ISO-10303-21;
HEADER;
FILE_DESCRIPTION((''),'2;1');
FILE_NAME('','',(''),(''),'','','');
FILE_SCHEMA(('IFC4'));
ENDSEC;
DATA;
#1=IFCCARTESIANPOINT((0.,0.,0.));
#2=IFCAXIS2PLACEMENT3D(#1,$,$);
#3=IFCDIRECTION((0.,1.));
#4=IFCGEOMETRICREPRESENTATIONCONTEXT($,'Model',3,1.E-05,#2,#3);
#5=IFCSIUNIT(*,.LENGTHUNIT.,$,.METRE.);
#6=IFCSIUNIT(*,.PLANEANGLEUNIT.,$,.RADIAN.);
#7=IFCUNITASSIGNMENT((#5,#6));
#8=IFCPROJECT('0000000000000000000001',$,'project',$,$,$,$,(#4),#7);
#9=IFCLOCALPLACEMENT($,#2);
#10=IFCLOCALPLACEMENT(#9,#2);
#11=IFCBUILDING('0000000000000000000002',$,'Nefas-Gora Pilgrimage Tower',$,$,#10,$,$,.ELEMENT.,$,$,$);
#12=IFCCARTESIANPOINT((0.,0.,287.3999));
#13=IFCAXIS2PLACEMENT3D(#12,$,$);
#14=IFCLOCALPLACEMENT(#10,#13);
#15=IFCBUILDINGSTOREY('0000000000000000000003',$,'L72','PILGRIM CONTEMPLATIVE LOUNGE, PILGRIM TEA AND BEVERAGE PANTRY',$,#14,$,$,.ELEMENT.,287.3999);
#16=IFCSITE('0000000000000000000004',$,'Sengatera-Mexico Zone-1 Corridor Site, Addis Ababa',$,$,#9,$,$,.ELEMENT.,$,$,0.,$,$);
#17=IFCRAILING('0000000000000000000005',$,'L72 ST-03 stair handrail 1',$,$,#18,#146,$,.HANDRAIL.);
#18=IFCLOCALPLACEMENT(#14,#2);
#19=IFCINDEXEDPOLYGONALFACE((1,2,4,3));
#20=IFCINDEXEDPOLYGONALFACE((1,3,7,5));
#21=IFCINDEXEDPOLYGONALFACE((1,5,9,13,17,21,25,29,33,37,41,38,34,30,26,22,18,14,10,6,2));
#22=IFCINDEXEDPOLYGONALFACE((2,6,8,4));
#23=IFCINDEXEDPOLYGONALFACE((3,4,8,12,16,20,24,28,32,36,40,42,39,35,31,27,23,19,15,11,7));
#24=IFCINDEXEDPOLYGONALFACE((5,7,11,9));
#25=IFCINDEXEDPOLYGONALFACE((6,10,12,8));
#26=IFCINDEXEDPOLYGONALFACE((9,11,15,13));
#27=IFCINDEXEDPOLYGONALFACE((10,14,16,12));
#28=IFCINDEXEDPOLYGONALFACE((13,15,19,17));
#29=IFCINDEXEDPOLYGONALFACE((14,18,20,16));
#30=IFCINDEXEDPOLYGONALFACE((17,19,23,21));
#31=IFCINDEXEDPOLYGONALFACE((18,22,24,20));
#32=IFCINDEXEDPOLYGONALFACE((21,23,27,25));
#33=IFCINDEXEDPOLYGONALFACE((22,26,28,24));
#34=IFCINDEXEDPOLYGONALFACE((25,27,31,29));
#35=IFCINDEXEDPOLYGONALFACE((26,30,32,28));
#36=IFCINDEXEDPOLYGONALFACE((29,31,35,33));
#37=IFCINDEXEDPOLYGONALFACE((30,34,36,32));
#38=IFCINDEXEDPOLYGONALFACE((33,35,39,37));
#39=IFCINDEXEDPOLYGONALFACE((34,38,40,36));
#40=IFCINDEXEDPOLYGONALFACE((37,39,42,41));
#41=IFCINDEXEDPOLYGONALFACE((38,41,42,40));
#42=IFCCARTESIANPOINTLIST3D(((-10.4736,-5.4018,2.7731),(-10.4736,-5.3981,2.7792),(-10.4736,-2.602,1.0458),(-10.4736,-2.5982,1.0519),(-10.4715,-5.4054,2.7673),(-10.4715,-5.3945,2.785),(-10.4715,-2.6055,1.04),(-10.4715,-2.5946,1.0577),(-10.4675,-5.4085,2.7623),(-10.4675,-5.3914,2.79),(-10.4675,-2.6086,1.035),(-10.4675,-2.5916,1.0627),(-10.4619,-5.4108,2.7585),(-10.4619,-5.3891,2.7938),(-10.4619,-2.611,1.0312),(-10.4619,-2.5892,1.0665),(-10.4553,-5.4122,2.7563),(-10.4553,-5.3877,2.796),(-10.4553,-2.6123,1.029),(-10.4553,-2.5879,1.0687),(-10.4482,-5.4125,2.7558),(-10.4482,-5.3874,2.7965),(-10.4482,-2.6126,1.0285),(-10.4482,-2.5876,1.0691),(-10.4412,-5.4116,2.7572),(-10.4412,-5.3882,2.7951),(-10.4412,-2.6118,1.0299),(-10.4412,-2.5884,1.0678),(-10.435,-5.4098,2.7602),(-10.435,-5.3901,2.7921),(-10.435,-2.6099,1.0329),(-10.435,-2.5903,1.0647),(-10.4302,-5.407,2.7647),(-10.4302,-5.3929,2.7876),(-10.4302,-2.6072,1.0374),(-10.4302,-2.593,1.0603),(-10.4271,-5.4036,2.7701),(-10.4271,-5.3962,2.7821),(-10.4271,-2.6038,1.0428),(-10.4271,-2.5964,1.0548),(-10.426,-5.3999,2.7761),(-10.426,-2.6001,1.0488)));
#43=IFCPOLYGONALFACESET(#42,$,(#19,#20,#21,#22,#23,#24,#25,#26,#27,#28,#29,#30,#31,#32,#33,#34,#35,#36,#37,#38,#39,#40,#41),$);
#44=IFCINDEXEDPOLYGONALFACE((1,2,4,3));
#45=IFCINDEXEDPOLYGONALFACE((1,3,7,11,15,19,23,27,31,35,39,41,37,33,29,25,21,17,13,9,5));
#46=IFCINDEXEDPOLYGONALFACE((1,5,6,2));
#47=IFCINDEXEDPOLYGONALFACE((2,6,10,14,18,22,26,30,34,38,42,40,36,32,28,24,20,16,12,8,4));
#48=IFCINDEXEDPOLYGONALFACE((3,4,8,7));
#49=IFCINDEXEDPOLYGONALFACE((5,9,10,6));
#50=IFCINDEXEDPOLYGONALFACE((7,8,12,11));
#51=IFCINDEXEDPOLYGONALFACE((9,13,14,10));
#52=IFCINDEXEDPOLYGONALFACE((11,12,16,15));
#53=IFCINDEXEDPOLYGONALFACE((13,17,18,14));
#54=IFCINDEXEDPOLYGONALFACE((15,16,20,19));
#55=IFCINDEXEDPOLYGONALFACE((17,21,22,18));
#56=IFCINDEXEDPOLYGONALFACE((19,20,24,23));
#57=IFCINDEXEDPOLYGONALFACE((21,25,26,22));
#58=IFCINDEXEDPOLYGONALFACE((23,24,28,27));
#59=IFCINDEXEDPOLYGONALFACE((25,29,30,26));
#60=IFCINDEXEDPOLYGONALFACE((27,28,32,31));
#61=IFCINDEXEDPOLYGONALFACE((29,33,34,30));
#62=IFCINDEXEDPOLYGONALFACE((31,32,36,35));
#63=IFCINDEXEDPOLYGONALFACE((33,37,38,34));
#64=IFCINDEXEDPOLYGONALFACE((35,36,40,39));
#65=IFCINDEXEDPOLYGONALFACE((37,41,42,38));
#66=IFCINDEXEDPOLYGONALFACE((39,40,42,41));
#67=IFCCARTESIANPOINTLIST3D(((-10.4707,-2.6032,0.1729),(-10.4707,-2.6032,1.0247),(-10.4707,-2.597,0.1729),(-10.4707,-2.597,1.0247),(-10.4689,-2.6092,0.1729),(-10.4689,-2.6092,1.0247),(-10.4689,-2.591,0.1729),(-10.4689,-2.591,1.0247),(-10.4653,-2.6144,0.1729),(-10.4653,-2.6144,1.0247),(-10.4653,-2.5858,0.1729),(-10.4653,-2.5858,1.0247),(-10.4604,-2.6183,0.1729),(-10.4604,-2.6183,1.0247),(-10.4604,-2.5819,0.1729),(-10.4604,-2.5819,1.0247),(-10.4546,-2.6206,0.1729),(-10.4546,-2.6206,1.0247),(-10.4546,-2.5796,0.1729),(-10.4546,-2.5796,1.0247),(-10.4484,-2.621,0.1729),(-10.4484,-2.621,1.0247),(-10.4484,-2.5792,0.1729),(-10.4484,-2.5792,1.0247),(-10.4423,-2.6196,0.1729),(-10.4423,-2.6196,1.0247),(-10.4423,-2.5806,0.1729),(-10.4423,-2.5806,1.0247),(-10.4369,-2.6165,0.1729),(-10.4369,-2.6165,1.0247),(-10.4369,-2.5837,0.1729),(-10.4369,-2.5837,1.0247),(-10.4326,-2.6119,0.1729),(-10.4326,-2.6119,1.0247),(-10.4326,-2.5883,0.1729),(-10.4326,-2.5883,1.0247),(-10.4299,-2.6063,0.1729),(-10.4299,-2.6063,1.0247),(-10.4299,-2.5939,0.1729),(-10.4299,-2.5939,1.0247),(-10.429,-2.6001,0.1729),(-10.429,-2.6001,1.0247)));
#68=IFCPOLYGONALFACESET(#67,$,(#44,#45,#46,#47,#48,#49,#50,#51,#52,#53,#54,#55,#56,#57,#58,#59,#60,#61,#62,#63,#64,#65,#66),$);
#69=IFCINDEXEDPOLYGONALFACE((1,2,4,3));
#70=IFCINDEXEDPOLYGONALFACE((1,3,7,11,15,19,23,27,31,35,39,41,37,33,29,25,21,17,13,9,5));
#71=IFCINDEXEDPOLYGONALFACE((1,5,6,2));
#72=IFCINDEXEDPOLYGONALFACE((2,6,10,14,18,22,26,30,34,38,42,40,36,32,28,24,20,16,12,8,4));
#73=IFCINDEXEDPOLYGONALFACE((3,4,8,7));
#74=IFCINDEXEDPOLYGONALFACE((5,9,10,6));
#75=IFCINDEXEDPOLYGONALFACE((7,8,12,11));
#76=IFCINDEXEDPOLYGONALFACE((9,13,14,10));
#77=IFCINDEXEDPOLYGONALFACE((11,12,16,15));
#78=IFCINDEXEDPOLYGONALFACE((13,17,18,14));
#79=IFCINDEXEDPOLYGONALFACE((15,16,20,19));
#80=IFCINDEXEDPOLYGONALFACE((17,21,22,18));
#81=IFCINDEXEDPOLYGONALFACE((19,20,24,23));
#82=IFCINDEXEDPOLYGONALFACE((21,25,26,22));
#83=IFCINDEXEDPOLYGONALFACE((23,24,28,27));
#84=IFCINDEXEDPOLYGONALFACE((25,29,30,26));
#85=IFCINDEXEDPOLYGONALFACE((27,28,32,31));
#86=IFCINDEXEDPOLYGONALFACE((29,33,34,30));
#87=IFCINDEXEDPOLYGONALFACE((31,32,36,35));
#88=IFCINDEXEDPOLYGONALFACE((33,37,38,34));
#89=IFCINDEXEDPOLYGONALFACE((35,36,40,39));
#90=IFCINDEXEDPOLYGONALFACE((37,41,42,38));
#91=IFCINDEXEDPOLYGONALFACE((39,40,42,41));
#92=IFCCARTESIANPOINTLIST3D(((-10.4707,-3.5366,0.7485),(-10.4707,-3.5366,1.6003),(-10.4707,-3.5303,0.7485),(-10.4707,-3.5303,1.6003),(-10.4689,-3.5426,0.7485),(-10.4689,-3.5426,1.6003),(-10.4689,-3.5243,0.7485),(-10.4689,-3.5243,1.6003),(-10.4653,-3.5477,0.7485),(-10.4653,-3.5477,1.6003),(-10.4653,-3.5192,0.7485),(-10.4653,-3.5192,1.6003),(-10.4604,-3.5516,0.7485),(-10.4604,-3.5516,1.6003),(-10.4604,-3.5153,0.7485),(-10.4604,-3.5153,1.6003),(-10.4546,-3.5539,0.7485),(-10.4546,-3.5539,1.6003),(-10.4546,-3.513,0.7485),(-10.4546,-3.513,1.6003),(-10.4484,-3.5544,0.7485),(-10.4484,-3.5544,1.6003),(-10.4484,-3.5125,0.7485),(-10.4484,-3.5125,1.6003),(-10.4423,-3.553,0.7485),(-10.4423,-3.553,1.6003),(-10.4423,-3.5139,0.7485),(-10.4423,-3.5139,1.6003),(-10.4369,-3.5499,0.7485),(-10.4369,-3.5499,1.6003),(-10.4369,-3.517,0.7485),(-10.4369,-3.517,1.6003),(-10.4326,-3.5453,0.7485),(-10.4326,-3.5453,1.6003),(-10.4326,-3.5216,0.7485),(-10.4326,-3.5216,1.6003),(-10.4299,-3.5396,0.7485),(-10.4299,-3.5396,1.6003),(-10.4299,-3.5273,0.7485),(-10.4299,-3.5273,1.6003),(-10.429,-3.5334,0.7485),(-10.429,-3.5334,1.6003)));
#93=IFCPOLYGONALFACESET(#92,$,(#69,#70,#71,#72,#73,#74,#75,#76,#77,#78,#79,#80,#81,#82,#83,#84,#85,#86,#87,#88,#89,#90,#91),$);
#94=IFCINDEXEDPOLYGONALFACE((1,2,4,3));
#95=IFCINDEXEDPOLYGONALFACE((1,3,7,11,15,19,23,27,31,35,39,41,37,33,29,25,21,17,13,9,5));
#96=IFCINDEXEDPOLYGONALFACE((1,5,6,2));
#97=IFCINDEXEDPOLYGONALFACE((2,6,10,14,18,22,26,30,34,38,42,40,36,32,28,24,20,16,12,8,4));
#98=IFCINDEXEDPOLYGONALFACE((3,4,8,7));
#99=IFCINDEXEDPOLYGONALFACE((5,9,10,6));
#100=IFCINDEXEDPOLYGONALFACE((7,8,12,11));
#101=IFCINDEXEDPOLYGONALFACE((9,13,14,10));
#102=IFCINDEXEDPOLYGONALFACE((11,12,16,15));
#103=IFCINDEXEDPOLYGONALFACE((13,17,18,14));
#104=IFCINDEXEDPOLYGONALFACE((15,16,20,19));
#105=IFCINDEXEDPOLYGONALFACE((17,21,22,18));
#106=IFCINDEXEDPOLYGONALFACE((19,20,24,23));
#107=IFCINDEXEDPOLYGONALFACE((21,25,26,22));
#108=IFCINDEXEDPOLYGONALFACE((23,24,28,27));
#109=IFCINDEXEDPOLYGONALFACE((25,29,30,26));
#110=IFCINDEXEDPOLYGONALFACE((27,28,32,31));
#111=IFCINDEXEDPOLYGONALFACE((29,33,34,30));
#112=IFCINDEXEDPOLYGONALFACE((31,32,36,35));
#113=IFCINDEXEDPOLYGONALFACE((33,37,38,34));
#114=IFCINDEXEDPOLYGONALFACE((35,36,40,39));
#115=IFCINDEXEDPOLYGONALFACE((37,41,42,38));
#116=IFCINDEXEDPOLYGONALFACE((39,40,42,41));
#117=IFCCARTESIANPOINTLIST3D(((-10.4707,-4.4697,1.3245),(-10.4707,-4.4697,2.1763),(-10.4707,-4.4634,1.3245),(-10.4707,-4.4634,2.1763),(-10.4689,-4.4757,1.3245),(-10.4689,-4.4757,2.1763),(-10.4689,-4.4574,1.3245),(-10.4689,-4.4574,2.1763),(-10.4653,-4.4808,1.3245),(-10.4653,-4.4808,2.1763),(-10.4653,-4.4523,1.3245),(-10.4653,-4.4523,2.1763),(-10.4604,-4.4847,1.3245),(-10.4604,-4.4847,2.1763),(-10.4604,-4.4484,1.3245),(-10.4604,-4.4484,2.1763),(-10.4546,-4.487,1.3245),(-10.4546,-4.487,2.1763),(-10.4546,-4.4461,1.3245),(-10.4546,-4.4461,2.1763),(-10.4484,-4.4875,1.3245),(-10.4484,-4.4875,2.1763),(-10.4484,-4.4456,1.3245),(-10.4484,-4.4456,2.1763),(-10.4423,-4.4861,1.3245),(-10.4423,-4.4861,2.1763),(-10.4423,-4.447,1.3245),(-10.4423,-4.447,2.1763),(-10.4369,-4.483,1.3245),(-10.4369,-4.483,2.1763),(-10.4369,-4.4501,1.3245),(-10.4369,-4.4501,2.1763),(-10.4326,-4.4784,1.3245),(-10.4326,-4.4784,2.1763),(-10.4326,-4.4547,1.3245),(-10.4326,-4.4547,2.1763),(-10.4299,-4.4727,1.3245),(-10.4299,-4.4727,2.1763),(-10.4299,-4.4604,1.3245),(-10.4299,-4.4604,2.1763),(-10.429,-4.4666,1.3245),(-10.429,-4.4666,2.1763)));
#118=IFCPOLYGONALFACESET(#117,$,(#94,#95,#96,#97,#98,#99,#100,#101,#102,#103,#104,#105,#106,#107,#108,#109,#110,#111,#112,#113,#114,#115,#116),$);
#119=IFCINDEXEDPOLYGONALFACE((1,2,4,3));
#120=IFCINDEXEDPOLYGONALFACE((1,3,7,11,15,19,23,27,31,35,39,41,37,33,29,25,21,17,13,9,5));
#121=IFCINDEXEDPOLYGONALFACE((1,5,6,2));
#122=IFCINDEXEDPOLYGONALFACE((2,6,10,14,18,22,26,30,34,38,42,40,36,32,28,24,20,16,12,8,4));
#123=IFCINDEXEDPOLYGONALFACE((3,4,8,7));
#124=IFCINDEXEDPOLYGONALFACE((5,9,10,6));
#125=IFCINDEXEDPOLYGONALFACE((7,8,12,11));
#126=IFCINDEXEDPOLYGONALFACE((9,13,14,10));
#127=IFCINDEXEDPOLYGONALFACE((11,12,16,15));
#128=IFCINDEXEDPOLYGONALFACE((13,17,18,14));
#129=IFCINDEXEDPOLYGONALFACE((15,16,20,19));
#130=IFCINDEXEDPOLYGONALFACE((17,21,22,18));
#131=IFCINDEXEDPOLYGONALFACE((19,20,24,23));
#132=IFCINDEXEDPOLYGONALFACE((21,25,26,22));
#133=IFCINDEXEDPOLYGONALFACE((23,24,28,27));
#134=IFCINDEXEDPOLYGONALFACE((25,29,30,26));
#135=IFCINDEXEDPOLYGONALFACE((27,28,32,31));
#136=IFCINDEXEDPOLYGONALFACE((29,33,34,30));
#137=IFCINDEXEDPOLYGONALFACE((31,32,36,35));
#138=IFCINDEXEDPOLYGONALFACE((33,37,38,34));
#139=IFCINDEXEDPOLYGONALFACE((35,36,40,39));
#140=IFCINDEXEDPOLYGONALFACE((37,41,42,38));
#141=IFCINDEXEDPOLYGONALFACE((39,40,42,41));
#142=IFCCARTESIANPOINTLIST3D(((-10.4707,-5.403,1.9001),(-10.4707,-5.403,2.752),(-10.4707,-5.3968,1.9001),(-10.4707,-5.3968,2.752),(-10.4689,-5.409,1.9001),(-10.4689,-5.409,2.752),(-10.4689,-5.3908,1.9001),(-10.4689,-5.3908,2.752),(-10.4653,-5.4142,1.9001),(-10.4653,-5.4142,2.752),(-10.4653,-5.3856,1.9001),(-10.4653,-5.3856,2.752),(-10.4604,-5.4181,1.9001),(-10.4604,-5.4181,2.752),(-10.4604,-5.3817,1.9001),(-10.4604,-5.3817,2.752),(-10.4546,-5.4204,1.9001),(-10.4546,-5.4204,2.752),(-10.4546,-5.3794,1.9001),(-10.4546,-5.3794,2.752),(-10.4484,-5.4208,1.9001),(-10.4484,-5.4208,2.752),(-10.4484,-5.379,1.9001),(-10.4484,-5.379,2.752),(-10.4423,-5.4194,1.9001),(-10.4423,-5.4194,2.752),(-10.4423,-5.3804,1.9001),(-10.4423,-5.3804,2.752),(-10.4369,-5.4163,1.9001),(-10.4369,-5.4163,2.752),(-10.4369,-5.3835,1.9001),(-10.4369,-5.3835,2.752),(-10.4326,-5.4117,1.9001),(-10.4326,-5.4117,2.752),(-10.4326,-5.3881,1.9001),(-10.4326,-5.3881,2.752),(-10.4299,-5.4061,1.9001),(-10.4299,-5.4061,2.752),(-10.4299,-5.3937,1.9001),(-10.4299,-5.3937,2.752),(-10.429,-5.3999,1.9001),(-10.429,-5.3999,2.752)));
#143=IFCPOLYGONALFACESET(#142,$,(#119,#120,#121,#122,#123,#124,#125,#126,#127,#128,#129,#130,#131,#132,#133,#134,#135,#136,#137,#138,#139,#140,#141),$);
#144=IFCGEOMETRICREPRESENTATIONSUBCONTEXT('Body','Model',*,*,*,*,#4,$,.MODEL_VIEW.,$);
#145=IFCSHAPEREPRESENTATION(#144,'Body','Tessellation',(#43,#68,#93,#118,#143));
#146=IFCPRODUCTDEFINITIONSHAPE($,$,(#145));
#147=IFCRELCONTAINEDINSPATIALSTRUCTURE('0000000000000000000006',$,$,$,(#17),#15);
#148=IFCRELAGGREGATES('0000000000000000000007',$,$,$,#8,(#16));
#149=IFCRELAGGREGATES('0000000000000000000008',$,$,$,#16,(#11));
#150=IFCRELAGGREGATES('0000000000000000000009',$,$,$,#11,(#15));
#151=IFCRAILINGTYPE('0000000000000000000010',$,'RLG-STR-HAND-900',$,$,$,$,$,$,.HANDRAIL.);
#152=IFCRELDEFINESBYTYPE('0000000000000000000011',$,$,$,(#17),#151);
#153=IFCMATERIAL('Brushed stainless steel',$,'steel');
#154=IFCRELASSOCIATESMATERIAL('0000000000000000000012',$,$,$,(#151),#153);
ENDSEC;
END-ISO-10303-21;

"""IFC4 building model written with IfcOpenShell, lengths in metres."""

from ifc_helpers import new_model, si_unit, direction, frame, origin, origin_2d, place, context, subcontext, project, spatial, circle, extrude, material, type_object, element, save


model = new_model("IFC4")

# Units and contexts
model_context = context("Model", 3, precision=1e-05, world=origin(), true_north=direction((0.0, 1.0)))
body_context = subcontext(model_context, "Body", "Model", "MODEL_VIEW")
ifc_project = project(units=[si_unit("LENGTHUNIT", "METRE"), si_unit("PLANEANGLEUNIT", "RADIAN")], contexts=[model_context])

# Site, building, storey
site_placement = place(None, origin())
site = spatial("IfcSite", under=ifc_project, at=site_placement, Name="Sengatera-Mexico Zone-1 Corridor Site, Addis Ababa", CompositionType="ELEMENT", RefElevation=0.0)
building_placement = place(site_placement, origin())
building = spatial("IfcBuilding", under=site, at=building_placement, Name="Nefas-Gora Pilgrimage Tower", CompositionType="ELEMENT")
storey_placement = place(building_placement, frame((0.0, 0.0, 287.3999)))
storey = spatial("IfcBuildingStorey", under=building, at=storey_placement, Name="L72", Description="PILGRIM CONTEMPLATIVE LOUNGE, PILGRIM TEA AND BEVERAGE PANTRY", CompositionType="ELEMENT", Elevation=287.3999)

# Railing
ifc_material_1 = material(Name="Brushed stainless steel", Category="steel")
railing_type_1 = type_object("IfcRailingType", Name="RLG-STR-HAND-900", PredefinedType="HANDRAIL", material=ifc_material_1)
railing_1_placement = place(storey_placement, frame((-10.45, -2.6001, 0.1729)))
element("IfcRailing", 1, at=railing_1_placement, inside=storey, type_object=railing_type_1, Name="L72 ST-03 stair handrail 1", PredefinedType="HANDRAIL", context=body_context, shape_type="SweptSolid", body=[
    extrude(circle(Radius=0.0239, at=origin_2d()), frame((0.0, 0.0, 0.876), z_axis=(0.0, -0.851069, 0.525054), x_axis=(1.0, 0.0, 0.0)), (0.0, 0.0, 1.0), 3.2898),
    extrude(circle(Radius=0.021, at=origin_2d()), origin(), (0.0, 0.0, 1.0), 0.8518),
    extrude(circle(Radius=0.021, at=origin_2d()), frame((0.0, -0.9333, 0.5757)), (0.0, 0.0, 1.0), 0.8518),
    extrude(circle(Radius=0.021, at=origin_2d()), frame((0.0, -1.8665, 1.1516)), (0.0, 0.0, 1.0), 0.8518),
    extrude(circle(Radius=0.021, at=origin_2d()), frame((0.0, -2.7998, 1.7273)), (0.0, 0.0, 1.0), 0.8518),
])

save(model, "model.ifc")
